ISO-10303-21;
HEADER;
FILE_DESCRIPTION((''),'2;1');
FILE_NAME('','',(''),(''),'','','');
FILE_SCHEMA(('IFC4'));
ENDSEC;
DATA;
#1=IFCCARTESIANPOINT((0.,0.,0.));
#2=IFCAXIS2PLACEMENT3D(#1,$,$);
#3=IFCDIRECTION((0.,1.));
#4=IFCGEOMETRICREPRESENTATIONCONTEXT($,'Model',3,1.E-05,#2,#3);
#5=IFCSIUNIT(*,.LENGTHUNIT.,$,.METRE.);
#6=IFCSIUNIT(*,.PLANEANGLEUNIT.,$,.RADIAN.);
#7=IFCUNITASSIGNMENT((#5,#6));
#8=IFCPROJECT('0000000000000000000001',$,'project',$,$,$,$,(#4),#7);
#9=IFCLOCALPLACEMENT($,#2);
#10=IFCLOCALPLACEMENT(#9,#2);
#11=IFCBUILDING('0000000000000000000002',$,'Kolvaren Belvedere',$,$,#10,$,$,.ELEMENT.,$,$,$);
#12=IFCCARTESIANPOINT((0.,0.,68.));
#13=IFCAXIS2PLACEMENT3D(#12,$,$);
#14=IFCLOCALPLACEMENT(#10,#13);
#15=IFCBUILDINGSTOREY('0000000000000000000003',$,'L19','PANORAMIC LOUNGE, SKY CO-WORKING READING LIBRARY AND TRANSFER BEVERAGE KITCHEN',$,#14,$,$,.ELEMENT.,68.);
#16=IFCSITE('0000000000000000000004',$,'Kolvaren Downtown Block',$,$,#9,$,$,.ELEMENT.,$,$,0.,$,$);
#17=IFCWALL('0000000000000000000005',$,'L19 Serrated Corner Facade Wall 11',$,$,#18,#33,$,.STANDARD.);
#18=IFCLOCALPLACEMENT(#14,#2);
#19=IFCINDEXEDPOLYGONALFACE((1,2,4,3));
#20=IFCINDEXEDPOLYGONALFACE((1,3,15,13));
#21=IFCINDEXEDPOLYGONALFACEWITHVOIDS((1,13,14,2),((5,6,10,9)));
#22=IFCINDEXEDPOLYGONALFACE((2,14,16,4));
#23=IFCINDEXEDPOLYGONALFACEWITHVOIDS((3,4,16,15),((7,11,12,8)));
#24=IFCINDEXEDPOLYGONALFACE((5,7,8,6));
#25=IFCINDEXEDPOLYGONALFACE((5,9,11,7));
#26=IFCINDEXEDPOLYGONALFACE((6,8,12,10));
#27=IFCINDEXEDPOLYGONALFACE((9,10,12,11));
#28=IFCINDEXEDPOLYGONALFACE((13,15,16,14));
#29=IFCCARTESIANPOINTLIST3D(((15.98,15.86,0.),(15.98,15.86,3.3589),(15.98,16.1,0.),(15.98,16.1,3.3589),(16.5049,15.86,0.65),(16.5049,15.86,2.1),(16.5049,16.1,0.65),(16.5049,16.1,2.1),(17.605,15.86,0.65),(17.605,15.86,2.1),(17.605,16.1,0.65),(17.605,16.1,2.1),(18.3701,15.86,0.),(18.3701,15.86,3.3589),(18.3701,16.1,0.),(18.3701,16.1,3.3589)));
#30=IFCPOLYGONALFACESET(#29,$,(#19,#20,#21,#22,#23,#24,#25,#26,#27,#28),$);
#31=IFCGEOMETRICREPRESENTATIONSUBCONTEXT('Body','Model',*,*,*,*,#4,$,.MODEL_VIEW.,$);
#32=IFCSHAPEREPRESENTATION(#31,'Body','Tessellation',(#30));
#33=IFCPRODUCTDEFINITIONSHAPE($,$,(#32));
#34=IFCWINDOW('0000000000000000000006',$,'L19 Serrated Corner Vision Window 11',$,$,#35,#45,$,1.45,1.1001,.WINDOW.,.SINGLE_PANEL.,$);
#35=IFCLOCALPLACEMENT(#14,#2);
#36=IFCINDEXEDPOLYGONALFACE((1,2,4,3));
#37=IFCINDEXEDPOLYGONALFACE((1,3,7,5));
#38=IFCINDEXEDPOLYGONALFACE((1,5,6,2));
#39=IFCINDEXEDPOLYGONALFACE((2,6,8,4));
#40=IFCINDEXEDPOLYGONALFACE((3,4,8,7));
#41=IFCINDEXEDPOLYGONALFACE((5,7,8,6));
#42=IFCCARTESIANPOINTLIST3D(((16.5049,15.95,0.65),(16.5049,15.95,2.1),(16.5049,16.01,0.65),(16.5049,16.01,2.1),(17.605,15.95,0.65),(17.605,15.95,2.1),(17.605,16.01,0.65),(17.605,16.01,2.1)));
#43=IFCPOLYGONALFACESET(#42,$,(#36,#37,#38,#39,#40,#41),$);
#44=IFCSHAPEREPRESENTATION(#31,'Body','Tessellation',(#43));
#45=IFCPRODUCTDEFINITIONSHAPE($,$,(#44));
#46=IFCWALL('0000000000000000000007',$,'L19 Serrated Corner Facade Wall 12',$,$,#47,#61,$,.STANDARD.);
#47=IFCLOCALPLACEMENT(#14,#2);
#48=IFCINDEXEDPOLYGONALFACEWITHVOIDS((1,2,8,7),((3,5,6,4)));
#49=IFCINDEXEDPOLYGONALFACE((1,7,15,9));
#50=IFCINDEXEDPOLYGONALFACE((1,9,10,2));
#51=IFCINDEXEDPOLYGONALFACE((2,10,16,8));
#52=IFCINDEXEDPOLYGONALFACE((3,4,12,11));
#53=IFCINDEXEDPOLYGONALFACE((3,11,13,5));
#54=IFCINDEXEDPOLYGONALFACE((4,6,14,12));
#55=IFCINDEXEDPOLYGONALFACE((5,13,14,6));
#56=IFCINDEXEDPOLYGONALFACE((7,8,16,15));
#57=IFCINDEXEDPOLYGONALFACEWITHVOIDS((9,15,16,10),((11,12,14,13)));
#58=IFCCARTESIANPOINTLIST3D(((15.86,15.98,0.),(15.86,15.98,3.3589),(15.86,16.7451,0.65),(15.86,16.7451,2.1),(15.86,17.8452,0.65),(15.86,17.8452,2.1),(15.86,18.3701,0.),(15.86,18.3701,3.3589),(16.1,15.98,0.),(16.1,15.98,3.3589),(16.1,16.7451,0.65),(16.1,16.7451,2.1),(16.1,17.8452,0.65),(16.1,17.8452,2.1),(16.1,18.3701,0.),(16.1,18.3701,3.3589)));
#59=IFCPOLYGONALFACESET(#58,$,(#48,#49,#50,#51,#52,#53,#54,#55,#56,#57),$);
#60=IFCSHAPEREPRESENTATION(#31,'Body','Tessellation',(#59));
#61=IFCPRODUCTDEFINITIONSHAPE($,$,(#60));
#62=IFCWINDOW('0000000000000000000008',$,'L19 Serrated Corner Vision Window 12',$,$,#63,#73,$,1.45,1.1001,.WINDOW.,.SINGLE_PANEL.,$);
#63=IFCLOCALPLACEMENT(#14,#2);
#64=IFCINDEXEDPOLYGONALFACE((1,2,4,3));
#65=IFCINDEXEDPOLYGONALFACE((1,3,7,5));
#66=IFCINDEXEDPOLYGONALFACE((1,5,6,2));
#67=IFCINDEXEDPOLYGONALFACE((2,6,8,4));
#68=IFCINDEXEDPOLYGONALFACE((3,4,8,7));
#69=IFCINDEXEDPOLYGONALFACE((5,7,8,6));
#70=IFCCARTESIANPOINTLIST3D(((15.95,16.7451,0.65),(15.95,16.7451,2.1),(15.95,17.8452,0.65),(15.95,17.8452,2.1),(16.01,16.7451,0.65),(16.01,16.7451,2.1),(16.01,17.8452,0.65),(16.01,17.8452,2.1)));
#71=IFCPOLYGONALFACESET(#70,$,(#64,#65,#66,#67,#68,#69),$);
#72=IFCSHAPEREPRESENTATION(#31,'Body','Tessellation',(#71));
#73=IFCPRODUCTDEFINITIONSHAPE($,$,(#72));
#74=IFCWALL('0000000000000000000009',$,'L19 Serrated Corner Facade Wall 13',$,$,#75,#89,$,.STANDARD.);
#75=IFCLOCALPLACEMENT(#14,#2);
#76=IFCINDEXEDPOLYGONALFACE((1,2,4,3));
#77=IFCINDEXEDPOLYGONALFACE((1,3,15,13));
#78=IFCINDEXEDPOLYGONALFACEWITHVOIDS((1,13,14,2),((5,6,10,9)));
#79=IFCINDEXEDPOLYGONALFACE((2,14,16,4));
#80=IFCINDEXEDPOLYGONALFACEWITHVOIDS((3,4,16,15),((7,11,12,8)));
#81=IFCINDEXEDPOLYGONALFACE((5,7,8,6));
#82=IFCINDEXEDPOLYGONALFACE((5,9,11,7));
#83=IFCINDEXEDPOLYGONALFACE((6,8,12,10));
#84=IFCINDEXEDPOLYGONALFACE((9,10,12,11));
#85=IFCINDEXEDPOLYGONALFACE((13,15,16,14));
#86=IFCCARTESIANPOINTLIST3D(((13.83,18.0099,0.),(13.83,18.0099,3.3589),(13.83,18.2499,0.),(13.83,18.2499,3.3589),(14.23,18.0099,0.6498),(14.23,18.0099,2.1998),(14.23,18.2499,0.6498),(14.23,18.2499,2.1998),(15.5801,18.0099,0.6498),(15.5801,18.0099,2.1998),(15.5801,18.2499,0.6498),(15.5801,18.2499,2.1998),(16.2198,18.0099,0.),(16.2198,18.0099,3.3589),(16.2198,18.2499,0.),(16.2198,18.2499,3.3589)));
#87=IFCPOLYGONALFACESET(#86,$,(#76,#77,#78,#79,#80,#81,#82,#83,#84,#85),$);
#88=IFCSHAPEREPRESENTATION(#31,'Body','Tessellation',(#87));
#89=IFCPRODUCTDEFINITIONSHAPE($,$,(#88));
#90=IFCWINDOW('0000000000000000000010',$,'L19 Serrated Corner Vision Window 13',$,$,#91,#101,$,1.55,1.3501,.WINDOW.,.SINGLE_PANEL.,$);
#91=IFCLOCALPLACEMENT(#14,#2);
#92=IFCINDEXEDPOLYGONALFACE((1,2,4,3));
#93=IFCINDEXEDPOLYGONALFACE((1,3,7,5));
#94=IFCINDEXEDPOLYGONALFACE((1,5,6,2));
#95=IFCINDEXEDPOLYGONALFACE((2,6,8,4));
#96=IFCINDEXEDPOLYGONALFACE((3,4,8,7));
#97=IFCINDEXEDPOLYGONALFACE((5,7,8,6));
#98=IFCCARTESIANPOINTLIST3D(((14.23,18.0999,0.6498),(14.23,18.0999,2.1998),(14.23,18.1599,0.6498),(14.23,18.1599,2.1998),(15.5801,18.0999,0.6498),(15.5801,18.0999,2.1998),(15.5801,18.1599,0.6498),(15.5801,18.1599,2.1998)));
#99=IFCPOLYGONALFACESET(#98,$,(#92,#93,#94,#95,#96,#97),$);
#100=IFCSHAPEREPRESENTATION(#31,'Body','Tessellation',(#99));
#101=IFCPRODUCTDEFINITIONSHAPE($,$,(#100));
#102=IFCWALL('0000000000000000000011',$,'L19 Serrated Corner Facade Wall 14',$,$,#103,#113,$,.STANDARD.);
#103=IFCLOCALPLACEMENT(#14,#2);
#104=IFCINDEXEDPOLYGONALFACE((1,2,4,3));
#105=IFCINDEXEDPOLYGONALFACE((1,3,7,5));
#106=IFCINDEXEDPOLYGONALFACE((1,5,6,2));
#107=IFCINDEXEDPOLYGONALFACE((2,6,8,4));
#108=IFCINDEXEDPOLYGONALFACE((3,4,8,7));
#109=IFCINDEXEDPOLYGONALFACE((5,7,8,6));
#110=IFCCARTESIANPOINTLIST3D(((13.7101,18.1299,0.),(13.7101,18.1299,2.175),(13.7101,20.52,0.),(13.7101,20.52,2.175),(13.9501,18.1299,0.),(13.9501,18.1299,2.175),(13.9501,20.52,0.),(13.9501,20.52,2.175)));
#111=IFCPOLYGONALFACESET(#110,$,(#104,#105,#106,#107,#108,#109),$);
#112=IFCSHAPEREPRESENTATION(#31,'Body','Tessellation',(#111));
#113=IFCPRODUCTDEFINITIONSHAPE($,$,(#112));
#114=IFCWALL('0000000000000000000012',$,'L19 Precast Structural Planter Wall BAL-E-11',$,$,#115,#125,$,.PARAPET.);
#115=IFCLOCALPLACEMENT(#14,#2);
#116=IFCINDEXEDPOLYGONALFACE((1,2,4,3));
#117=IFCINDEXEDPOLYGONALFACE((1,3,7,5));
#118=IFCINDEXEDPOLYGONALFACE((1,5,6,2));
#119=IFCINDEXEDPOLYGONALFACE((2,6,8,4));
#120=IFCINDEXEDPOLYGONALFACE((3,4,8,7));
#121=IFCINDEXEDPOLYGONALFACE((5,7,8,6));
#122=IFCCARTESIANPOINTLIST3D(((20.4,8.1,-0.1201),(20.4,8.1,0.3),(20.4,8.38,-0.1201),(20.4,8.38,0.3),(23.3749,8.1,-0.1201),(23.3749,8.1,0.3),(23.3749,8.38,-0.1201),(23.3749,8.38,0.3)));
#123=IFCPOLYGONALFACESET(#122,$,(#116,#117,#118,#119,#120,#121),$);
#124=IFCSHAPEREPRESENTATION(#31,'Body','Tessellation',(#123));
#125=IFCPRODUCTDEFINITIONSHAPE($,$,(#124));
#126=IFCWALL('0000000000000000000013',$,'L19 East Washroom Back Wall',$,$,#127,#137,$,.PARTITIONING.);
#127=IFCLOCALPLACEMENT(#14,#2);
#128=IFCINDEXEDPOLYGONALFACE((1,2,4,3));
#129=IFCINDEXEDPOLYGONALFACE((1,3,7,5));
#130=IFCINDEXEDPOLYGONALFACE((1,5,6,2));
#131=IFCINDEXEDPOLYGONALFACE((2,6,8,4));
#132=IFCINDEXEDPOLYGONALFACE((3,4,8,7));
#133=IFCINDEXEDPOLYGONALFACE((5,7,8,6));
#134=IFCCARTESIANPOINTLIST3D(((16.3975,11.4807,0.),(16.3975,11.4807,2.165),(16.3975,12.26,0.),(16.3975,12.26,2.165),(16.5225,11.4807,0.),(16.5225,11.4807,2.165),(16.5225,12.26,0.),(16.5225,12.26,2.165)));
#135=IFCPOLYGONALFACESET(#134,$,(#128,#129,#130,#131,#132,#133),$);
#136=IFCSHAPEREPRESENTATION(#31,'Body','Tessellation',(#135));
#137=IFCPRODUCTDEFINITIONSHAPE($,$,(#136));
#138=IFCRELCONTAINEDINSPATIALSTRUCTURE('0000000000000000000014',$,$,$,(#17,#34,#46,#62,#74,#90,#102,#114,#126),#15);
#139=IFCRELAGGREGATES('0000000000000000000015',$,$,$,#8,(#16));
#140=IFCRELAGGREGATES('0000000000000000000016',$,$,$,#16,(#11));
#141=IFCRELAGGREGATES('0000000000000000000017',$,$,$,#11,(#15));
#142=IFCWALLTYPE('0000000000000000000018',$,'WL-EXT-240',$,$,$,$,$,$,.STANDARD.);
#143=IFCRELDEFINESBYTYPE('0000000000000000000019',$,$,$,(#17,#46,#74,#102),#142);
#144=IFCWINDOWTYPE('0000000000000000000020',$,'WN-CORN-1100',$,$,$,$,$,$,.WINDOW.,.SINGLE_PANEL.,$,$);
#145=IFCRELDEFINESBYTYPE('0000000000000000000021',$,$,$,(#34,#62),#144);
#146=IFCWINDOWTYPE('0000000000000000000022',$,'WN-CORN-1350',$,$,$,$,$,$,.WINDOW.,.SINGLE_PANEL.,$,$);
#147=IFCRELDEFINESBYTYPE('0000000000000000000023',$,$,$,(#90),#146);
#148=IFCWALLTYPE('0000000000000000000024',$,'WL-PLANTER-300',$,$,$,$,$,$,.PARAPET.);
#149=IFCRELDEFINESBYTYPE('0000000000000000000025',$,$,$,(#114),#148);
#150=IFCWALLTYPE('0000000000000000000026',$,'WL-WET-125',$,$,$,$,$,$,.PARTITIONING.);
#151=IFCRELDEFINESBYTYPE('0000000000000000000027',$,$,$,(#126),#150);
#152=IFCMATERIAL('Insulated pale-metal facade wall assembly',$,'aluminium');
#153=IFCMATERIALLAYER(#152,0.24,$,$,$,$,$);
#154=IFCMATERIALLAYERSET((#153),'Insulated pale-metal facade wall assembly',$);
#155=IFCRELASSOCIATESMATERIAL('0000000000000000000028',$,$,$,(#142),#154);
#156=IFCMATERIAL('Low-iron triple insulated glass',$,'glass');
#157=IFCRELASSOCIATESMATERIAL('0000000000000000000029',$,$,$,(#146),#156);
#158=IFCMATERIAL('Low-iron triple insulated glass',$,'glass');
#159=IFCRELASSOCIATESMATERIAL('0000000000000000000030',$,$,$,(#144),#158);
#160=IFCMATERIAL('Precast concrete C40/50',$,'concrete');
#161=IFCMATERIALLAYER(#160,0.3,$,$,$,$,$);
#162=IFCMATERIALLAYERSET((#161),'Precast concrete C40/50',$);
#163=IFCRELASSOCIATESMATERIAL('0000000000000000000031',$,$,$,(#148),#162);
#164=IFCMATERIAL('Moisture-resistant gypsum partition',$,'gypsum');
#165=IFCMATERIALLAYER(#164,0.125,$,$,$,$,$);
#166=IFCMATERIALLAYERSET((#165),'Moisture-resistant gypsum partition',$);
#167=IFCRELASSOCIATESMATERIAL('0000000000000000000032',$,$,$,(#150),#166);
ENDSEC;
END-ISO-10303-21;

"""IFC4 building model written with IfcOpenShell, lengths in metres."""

from ifc_helpers import new_model, si_unit, direction, frame, frame_2d, origin, place, context, subcontext, project, spatial, rectangle, extrude, material, layer, layer_set, type_object, element, fill, save


model = new_model("IFC4")

# Units and contexts
model_context = context("Model", 3, precision=1e-05, world=origin(), true_north=direction((0.0, 1.0)))
body_context = subcontext(model_context, "Body", "Model", "MODEL_VIEW")
ifc_project = project(units=[si_unit("LENGTHUNIT", "METRE"), si_unit("PLANEANGLEUNIT", "RADIAN")], contexts=[model_context])

# Site, building, storey
site_placement = place(None, origin())
site = spatial("IfcSite", under=ifc_project, at=site_placement, Name="Kolvaren Downtown Block", CompositionType="ELEMENT", RefElevation=0.0)
building_placement = place(site_placement, origin())
building = spatial("IfcBuilding", under=site, at=building_placement, Name="Kolvaren Belvedere", CompositionType="ELEMENT")
storey_placement = place(building_placement, frame((0.0, 0.0, 68.0)))
storey = spatial("IfcBuildingStorey", under=building, at=storey_placement, Name="L19", Description="PANORAMIC LOUNGE, SKY CO-WORKING READING LIBRARY AND TRANSFER BEVERAGE KITCHEN", CompositionType="ELEMENT", Elevation=68.0)

# Shared definitions
ifc_material_1 = material(Name="Insulated pale-metal facade wall assembly", Category="aluminium")
ifc_layer_1 = layer(ifc_material_1, 0.24)
ifc_layer_set_1 = layer_set([ifc_layer_1], Name="Insulated pale-metal facade wall assembly")
wall_type_1 = type_object("IfcWallType", Name="WL-EXT-240", PredefinedType="STANDARD", material=ifc_layer_set_1)

# Walls, openings, windows
ifc_material_2 = material(Name="Low-iron triple insulated glass", Category="glass")
window_type_1 = type_object("IfcWindowType", Name="WN-CORN-1350", PartitioningType="SINGLE_PANEL", PredefinedType="WINDOW", material=ifc_material_2)
wall_1_placement = place(storey_placement, frame((15.98, 15.98, 0.0), z_axis=(0.0, 0.0, 1.0), x_axis=(1.0, 0.0, 0.0)))
wall_1 = element("IfcWall", 1, at=wall_1_placement, inside=storey, type_object=wall_type_1, Name="L19 Serrated Corner Facade Wall 11", PredefinedType="STANDARD", context=body_context, shape_type="SweptSolid", body=[
    extrude(rectangle(XDim=2.3901, YDim=0.24, at=frame_2d((1.1951, 0.0))), origin(), (0.0, 0.0, 1.0), 3.3589),
])
opening_1_placement = place(wall_1_placement, frame((0.5249, 0.0, 0.6499)))
opening_1 = element("IfcOpeningElement", 2, at=opening_1_placement, cuts=wall_1, PredefinedType="OPENING", context=body_context, shape_type="SweptSolid", body=[
    extrude(rectangle(XDim=1.1001, YDim=1.45, at=frame_2d((0.55, 0.7251))), frame((0.0, 0.1299, 0.0), z_axis=(0.0, -1.0, 0.0), x_axis=(1.0, 0.0, 0.0)), (0.0, 0.0, 1.0), 0.26),
])
ifc_material_3 = material(Name="Low-iron triple insulated glass", Category="glass")
window_type_2 = type_object("IfcWindowType", Name="WN-CORN-1100", PartitioningType="SINGLE_PANEL", PredefinedType="WINDOW", material=ifc_material_3)
window_1_placement = place(opening_1_placement, origin())
window_1 = element("IfcWindow", 3, at=window_1_placement, inside=storey, type_object=window_type_2, Name="L19 Serrated Corner Vision Window 11", OverallHeight=1.45, OverallWidth=1.1001, PartitioningType="SINGLE_PANEL", PredefinedType="WINDOW", context=body_context, shape_type="SweptSolid", body=[
    extrude(rectangle(XDim=1.1001, YDim=1.45, at=frame_2d((0.55, 0.7251))), frame((0.0, 0.03, 0.0), z_axis=(0.0, -1.0, 0.0), x_axis=(1.0, 0.0, 0.0)), (0.0, 0.0, 1.0), 0.0601),
])
fill(opening_1, window_1)
wall_2_placement = place(storey_placement, frame((15.98, 18.3701, 0.0), z_axis=(0.0, 0.0, 1.0), x_axis=(0.0, -1.0, 0.0)))
wall_2 = element("IfcWall", 4, at=wall_2_placement, inside=storey, type_object=wall_type_1, Name="L19 Serrated Corner Facade Wall 12", PredefinedType="STANDARD", context=body_context, shape_type="SweptSolid", body=[
    extrude(rectangle(XDim=2.3901, YDim=0.24, at=frame_2d((1.1951, 0.0))), origin(), (0.0, 0.0, 1.0), 3.3589),
])
opening_2_placement = place(wall_2_placement, frame((0.5249, 0.0, 0.6499)))
opening_2 = element("IfcOpeningElement", 5, at=opening_2_placement, cuts=wall_2, PredefinedType="OPENING", context=body_context, shape_type="SweptSolid", body=[
    extrude(rectangle(XDim=1.1001, YDim=1.45, at=frame_2d((0.55, 0.7251))), frame((0.0, 0.1299, 0.0), z_axis=(0.0, -1.0, 0.0), x_axis=(1.0, 0.0, 0.0)), (0.0, 0.0, 1.0), 0.26),
])
window_2_placement = place(opening_2_placement, origin())
window_2 = element("IfcWindow", 6, at=window_2_placement, inside=storey, type_object=window_type_2, Name="L19 Serrated Corner Vision Window 12", OverallHeight=1.45, OverallWidth=1.1001, PartitioningType="SINGLE_PANEL", PredefinedType="WINDOW", context=body_context, shape_type="SweptSolid", body=[
    extrude(rectangle(XDim=1.1001, YDim=1.45, at=frame_2d((0.55, 0.7251))), frame((0.0, 0.03, 0.0), z_axis=(0.0, -1.0, 0.0), x_axis=(1.0, 0.0, 0.0)), (0.0, 0.0, 1.0), 0.0601),
])
fill(opening_2, window_2)
wall_3_placement = place(storey_placement, frame((13.8301, 18.1299, 0.0), z_axis=(0.0, 0.0, 1.0), x_axis=(1.0, 0.0, 0.0)))
wall_3 = element("IfcWall", 7, at=wall_3_placement, inside=storey, type_object=wall_type_1, Name="L19 Serrated Corner Facade Wall 13", PredefinedType="STANDARD", context=body_context, shape_type="SweptSolid", body=[
    extrude(rectangle(XDim=2.3899, YDim=0.24, at=frame_2d((1.1948, 0.0))), origin(), (0.0, 0.0, 1.0), 3.3589),
])
opening_3_placement = place(wall_3_placement, frame((0.3999, 0.0, 0.6499)))
opening_3 = element("IfcOpeningElement", 8, at=opening_3_placement, cuts=wall_3, PredefinedType="OPENING", context=body_context, shape_type="SweptSolid", body=[
    extrude(rectangle(XDim=1.3501, YDim=1.55, at=frame_2d((0.675, 0.7749))), frame((0.0, 0.1299, 0.0), z_axis=(0.0, -1.0, 0.0), x_axis=(1.0, 0.0, 0.0)), (0.0, 0.0, 1.0), 0.26),
])
window_3_placement = place(opening_3_placement, origin())
window_3 = element("IfcWindow", 9, at=window_3_placement, inside=storey, type_object=window_type_1, Name="L19 Serrated Corner Vision Window 13", OverallHeight=1.55, OverallWidth=1.3501, PartitioningType="SINGLE_PANEL", PredefinedType="WINDOW", context=body_context, shape_type="SweptSolid", body=[
    extrude(rectangle(XDim=1.3501, YDim=1.55, at=frame_2d((0.675, 0.7749))), frame((0.0, 0.03, 0.0), z_axis=(0.0, -1.0, 0.0), x_axis=(1.0, 0.0, 0.0)), (0.0, 0.0, 1.0), 0.0601),
])
fill(opening_3, window_3)

# Walls
wall_4_placement = place(storey_placement, frame((13.8301, 20.52, 0.0), z_axis=(0.0, 0.0, 1.0), x_axis=(0.0, -1.0, 0.0)))
element("IfcWall", 10, at=wall_4_placement, inside=storey, type_object=wall_type_1, Name="L19 Serrated Corner Facade Wall 14", PredefinedType="STANDARD", context=body_context, shape_type="SweptSolid", body=[
    extrude(rectangle(XDim=2.3901, YDim=0.24, at=frame_2d((1.1951, 0.0))), origin(), (0.0, 0.0, 1.0), 2.175),
])
ifc_material_4 = material(Name="Precast concrete C40/50", Category="concrete")
ifc_layer_2 = layer(ifc_material_4, 0.3)
ifc_layer_set_2 = layer_set([ifc_layer_2], Name="Precast concrete C40/50")
wall_type_2 = type_object("IfcWallType", Name="WL-PLANTER-300", PredefinedType="PARAPET", material=ifc_layer_set_2)
wall_5_placement = place(storey_placement, frame((23.3748, 8.24, -0.1201), z_axis=(0.0, 0.0, 1.0), x_axis=(-1.0, 0.0, 0.0)))
element("IfcWall", 11, at=wall_5_placement, inside=storey, type_object=wall_type_2, Name="L19 Precast Structural Planter Wall BAL-E-11", PredefinedType="PARAPET", context=body_context, shape_type="SweptSolid", body=[
    extrude(rectangle(XDim=2.9749, YDim=0.28, at=frame_2d((1.4873, 0.0))), origin(), (0.0, 0.0, 1.0), 0.4202),
])
ifc_material_5 = material(Name="Moisture-resistant gypsum partition", Category="gypsum")
ifc_layer_3 = layer(ifc_material_5, 0.125)
ifc_layer_set_3 = layer_set([ifc_layer_3], Name="Moisture-resistant gypsum partition")
wall_type_3 = type_object("IfcWallType", Name="WL-WET-125", PredefinedType="PARTITIONING", material=ifc_layer_set_3)
wall_6_placement = place(storey_placement, frame((16.46, 11.4807, 0.0), z_axis=(0.0, 0.0, 1.0), x_axis=(0.0, 1.0, 0.0)))
element("IfcWall", 12, at=wall_6_placement, inside=storey, type_object=wall_type_3, Name="L19 East Washroom Back Wall", PredefinedType="PARTITIONING", context=body_context, shape_type="SweptSolid", body=[
    extrude(rectangle(XDim=0.7793, YDim=0.125, at=frame_2d((0.3896, 0.0))), origin(), (0.0, 0.0, 1.0), 2.165),
])

save(model, "model.ifc")
